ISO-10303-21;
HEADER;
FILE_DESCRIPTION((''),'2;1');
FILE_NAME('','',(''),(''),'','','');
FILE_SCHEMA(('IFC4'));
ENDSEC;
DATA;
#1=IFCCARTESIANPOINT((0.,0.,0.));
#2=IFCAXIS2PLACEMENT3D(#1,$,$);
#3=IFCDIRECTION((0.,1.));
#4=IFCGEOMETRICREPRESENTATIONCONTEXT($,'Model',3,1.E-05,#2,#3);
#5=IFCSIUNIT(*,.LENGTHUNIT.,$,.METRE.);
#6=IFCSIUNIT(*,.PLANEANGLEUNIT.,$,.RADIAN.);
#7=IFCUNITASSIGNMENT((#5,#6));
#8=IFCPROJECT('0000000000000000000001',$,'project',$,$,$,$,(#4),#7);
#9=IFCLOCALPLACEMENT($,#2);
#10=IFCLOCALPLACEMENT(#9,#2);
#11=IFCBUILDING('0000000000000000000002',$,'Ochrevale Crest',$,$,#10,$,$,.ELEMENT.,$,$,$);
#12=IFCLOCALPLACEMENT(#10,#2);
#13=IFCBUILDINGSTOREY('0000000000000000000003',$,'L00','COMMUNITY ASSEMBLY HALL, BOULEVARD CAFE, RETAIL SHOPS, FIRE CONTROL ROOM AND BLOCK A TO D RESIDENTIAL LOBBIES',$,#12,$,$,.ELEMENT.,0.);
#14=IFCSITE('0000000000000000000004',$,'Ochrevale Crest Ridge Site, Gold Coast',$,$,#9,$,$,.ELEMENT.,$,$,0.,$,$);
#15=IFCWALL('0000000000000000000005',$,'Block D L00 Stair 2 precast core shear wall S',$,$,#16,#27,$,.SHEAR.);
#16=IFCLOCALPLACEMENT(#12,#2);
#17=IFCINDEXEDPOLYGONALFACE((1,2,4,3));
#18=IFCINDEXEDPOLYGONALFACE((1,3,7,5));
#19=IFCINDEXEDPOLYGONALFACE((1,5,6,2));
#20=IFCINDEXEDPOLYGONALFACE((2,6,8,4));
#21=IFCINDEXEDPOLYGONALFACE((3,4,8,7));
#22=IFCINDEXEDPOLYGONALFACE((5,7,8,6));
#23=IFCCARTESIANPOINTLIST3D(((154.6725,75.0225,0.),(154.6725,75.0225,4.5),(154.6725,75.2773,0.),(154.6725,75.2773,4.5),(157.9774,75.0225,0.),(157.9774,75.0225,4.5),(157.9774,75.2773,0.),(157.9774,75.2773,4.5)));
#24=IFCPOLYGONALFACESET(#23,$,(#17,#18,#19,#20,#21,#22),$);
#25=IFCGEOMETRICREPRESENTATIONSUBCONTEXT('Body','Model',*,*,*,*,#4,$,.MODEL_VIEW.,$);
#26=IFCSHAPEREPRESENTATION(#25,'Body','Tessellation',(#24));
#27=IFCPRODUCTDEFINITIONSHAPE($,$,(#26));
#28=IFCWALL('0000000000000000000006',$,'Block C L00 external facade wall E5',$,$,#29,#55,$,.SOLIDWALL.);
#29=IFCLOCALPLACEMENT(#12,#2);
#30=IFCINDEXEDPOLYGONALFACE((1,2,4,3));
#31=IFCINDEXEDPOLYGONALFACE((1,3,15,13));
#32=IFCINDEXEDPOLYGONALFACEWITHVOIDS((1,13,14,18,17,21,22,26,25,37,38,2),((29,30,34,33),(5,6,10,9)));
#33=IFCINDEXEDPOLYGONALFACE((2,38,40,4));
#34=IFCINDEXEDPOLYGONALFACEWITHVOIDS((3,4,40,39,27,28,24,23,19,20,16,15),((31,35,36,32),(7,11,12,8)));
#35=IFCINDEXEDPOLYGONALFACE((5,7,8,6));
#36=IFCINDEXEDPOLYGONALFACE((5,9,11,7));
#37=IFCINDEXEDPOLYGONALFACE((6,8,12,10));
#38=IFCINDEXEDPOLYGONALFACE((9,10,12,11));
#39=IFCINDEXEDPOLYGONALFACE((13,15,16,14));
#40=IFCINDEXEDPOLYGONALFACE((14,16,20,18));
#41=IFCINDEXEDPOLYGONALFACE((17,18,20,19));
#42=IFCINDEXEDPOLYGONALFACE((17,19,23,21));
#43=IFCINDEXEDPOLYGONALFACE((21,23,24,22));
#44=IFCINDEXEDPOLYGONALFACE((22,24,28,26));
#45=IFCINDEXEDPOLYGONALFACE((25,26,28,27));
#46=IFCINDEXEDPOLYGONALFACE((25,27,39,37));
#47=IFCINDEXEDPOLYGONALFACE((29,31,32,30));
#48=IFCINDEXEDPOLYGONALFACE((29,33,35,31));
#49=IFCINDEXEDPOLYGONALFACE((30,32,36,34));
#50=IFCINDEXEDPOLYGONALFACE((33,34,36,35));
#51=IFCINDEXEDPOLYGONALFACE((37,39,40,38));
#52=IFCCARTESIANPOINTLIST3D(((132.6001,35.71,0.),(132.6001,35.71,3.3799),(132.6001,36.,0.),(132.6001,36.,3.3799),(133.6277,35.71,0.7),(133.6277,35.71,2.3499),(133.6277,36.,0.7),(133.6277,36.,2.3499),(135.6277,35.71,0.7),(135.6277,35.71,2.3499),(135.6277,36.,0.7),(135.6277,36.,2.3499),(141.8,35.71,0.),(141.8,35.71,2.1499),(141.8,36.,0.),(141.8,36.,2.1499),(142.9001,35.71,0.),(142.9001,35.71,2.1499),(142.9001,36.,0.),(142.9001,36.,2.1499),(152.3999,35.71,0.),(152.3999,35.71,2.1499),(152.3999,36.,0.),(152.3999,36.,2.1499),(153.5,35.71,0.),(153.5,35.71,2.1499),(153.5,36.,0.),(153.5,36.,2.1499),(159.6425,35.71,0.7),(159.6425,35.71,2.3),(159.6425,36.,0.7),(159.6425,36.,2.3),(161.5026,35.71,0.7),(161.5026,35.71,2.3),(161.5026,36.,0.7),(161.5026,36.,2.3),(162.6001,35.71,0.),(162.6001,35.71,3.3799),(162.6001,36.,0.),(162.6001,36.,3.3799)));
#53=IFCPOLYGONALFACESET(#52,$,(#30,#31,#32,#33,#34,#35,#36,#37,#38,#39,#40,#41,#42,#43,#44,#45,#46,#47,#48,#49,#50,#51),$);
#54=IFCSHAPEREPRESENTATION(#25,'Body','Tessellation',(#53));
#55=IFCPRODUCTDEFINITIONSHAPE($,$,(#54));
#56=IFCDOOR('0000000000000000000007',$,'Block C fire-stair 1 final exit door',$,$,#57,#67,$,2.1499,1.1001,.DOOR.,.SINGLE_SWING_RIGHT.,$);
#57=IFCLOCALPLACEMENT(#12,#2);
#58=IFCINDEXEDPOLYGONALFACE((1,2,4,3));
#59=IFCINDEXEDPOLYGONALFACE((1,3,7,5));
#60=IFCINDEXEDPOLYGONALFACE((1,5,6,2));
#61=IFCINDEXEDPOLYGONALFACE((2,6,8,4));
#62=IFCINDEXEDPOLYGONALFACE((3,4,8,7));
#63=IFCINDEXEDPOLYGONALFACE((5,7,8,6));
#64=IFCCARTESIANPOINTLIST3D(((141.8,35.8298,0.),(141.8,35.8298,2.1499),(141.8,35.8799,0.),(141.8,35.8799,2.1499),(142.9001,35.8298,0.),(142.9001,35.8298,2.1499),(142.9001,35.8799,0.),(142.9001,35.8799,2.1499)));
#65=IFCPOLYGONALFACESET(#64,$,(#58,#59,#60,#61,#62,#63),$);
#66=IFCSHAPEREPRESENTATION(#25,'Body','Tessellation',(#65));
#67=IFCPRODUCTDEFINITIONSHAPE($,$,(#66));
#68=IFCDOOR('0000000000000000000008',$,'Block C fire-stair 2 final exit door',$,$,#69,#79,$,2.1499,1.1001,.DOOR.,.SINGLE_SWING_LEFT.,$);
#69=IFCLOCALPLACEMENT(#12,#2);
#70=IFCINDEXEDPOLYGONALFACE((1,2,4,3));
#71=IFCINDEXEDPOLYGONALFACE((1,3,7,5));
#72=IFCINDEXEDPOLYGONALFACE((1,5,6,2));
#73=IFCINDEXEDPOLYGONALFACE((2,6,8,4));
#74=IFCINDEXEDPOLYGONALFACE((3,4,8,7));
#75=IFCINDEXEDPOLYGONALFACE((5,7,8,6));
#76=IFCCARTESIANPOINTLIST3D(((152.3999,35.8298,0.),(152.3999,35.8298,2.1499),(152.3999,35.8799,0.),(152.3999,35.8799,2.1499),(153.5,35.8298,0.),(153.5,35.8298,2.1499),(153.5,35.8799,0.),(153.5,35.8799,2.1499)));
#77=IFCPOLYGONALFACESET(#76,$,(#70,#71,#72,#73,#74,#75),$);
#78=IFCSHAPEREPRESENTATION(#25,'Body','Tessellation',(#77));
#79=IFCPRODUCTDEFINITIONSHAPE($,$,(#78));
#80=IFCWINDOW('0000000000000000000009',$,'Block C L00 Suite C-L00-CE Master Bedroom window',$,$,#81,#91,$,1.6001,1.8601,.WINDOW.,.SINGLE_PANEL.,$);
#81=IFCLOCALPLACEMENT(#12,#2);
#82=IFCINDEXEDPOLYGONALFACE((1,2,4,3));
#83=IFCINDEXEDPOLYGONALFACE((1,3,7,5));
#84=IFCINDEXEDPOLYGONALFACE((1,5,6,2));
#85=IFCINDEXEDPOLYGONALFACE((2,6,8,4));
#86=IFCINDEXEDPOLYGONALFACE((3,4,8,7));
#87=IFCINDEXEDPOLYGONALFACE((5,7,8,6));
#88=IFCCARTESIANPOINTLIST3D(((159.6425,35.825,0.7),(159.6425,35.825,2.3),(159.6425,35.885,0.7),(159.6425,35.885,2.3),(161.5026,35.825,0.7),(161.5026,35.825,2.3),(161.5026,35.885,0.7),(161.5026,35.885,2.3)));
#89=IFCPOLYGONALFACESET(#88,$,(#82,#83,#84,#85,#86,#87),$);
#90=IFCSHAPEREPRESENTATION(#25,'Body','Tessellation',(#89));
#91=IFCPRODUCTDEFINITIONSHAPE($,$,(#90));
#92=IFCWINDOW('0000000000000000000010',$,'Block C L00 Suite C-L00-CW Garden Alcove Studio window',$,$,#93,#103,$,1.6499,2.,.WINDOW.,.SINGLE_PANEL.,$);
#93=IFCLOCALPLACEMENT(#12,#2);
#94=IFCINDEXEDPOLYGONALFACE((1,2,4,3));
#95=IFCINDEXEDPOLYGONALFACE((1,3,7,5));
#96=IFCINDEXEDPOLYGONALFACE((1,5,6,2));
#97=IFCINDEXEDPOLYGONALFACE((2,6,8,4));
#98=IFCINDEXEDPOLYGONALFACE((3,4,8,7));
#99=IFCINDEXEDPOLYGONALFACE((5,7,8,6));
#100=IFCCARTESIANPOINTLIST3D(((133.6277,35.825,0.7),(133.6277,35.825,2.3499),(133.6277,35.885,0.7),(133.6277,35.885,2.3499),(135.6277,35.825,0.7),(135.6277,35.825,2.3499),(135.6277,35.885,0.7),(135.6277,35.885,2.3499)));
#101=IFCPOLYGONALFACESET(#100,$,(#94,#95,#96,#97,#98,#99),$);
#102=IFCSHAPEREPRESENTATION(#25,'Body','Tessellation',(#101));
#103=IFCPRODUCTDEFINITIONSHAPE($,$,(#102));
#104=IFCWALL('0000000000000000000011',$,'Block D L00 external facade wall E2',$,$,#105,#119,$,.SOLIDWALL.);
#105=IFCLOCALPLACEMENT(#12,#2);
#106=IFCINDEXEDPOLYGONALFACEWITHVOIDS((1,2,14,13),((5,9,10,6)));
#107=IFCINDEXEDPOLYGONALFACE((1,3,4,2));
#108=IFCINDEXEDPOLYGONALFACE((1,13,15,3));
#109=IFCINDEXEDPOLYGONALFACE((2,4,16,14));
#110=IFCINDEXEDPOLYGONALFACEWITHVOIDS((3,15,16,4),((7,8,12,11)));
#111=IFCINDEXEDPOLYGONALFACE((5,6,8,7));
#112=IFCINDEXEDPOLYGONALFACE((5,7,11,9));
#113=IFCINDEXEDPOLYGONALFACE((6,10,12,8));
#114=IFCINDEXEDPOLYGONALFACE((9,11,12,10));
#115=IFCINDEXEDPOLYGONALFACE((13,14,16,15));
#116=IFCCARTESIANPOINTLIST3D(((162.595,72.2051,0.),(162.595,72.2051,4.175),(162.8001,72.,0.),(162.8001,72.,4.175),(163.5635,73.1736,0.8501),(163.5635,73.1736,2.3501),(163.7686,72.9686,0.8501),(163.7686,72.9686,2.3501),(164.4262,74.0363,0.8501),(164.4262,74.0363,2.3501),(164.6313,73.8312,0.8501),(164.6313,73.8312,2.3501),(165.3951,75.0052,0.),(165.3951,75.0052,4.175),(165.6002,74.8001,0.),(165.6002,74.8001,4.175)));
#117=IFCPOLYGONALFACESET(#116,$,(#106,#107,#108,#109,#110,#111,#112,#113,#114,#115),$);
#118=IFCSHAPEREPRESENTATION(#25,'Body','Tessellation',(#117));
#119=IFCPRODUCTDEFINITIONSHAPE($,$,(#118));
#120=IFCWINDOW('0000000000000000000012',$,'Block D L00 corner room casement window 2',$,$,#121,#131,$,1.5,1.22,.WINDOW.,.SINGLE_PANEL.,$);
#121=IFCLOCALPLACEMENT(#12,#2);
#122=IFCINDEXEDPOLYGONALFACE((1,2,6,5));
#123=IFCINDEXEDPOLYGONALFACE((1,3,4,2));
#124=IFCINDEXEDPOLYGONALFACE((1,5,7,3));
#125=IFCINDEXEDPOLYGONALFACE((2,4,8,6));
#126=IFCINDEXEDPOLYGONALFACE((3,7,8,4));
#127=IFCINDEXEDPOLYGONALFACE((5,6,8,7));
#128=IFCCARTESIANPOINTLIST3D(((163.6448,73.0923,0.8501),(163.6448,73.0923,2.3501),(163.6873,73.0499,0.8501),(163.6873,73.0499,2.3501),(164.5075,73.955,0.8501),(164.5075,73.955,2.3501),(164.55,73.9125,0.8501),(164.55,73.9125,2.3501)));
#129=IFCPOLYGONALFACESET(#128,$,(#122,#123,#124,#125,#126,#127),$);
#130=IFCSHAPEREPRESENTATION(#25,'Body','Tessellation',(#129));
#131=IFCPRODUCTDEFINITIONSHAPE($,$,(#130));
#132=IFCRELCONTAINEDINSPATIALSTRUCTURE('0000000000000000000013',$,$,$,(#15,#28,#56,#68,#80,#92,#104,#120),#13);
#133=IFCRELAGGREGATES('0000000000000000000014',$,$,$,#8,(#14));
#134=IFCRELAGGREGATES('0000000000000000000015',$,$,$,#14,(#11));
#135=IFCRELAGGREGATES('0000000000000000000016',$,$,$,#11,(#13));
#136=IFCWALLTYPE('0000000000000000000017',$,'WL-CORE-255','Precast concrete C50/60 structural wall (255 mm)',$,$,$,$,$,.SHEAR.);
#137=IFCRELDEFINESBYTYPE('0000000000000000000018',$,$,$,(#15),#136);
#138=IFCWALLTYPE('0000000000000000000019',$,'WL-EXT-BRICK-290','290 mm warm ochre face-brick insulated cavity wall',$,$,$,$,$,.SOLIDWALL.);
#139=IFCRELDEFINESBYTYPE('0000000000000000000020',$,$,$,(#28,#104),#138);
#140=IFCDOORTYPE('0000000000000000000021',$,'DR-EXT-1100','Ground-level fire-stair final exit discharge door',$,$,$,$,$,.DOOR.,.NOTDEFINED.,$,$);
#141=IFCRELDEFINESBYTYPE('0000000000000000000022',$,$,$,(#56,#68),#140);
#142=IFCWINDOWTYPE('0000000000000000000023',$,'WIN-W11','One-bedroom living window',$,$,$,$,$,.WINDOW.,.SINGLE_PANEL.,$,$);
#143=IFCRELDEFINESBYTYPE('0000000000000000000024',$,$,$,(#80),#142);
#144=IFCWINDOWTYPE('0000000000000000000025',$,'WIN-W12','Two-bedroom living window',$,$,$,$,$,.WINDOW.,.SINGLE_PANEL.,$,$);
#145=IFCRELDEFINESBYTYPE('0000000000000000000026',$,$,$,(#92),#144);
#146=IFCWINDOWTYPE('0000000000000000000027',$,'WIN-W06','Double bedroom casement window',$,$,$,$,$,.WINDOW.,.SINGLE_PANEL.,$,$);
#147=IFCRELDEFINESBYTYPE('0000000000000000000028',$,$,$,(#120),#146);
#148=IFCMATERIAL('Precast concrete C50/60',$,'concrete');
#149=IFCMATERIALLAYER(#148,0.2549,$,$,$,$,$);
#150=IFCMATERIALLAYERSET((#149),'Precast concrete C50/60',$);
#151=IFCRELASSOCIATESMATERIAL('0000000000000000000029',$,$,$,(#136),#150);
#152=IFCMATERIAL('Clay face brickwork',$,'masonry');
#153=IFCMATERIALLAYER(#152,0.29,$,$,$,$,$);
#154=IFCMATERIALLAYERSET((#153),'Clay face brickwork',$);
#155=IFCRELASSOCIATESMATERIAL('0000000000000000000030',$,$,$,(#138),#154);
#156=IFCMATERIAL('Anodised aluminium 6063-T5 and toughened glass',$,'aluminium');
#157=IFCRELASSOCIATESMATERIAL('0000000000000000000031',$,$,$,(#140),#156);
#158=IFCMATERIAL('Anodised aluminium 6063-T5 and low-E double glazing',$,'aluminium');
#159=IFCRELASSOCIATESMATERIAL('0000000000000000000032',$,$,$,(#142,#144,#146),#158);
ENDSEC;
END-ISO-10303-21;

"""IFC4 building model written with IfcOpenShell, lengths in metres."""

from ifc_helpers import new_model, si_unit, direction, frame, frame_2d, origin, place, context, subcontext, project, spatial, rectangle, extrude, material, layer, layer_set, type_object, element, fill, save


model = new_model("IFC4")

# Units and contexts
model_context = context("Model", 3, precision=1e-05, world=origin(), true_north=direction((0.0, 1.0)))
body_context = subcontext(model_context, "Body", "Model", "MODEL_VIEW")
ifc_project = project(units=[si_unit("LENGTHUNIT", "METRE"), si_unit("PLANEANGLEUNIT", "RADIAN")], contexts=[model_context])

# Site, building, storey
site_placement = place(None, origin())
site = spatial("IfcSite", under=ifc_project, at=site_placement, Name="Ochrevale Crest Ridge Site, Gold Coast", CompositionType="ELEMENT", RefElevation=0.0)
building_placement = place(site_placement, origin())
building = spatial("IfcBuilding", under=site, at=building_placement, Name="Ochrevale Crest", CompositionType="ELEMENT")
storey_placement = place(building_placement, origin())
storey = spatial("IfcBuildingStorey", under=building, at=storey_placement, Name="L00", Description="COMMUNITY ASSEMBLY HALL, BOULEVARD CAFE, RETAIL SHOPS, FIRE CONTROL ROOM AND BLOCK A TO D RESIDENTIAL LOBBIES", CompositionType="ELEMENT", Elevation=0.0)

# Shared definitions
ifc_material_1 = material(Name="Precast concrete C50/60", Category="concrete")

# Wall
ifc_layer_1 = layer(ifc_material_1, 0.2549)
ifc_layer_set_1 = layer_set([ifc_layer_1], Name="Precast concrete C50/60")
wall_type_1 = type_object("IfcWallType", Name="WL-CORE-255", Description="Precast concrete C50/60 structural wall (255 mm)", PredefinedType="SHEAR", material=ifc_layer_set_1)
wall_1_placement = place(storey_placement, frame((154.6726, 75.1499, 0.0), z_axis=(0.0, 0.0, 1.0), x_axis=(1.0, 0.0, 0.0)))
element("IfcWall", 1, at=wall_1_placement, inside=storey, type_object=wall_type_1, Name="Block D L00 Stair 2 precast core shear wall S", PredefinedType="SHEAR", context=body_context, shape_type="SweptSolid", body=[
    extrude(rectangle(XDim=3.3049, YDim=0.2549, at=frame_2d((1.6523, 0.0))), origin(), (0.0, 0.0, 1.0), 4.5),
])

# Wall, openings, doors, windows
ifc_material_2 = material(Name="Clay face brickwork", Category="masonry")
ifc_layer_2 = layer(ifc_material_2, 0.29)
ifc_layer_set_2 = layer_set([ifc_layer_2], Name="Clay face brickwork")
wall_type_2 = type_object("IfcWallType", Name="WL-EXT-BRICK-290", Description="290 mm warm ochre face-brick insulated cavity wall", PredefinedType="SOLIDWALL", material=ifc_layer_set_2)
wall_2_placement = place(storey_placement, frame((162.6001, 35.855, 0.0), z_axis=(0.0, 0.0, 1.0), x_axis=(-1.0, 0.0, 0.0)))
wall_2 = element("IfcWall", 2, at=wall_2_placement, inside=storey, type_object=wall_type_2, Name="Block C L00 external facade wall E5", PredefinedType="SOLIDWALL", context=body_context, shape_type="SweptSolid", body=[
    extrude(rectangle(XDim=30.0, YDim=0.29, at=frame_2d((15.0, 0.0))), origin(), (0.0, 0.0, 1.0), 3.3799),
])
opening_1_placement = place(wall_2_placement, frame((20.8, 0.0, 0.0), z_axis=(0.0, 0.0, 1.0), x_axis=(-1.0, 0.0, 0.0)))
opening_1 = element("IfcOpeningElement", 3, at=opening_1_placement, cuts=wall_2, PredefinedType="OPENING", context=body_context, shape_type="SweptSolid", body=[
    extrude(rectangle(XDim=1.1001, YDim=2.1499, at=frame_2d((0.55, 1.075))), frame((0.0, 0.155, 0.0), z_axis=(0.0, -1.0, 0.0), x_axis=(1.0, 0.0, 0.0)), (0.0, 0.0, 1.0), 0.3101),
])
opening_2_placement = place(wall_2_placement, frame((10.2002, 0.0, 0.0), z_axis=(0.0, 0.0, 1.0), x_axis=(-1.0, 0.0, 0.0)))
opening_2 = element("IfcOpeningElement", 4, at=opening_2_placement, cuts=wall_2, PredefinedType="OPENING", context=body_context, shape_type="SweptSolid", body=[
    extrude(rectangle(XDim=1.1001, YDim=2.1499, at=frame_2d((0.55, 1.075))), frame((0.0, 0.155, 0.0), z_axis=(0.0, -1.0, 0.0), x_axis=(1.0, 0.0, 0.0)), (0.0, 0.0, 1.0), 0.3101),
])
opening_3_placement = place(wall_2_placement, frame((1.0974, 0.0, 0.7)))
opening_3 = element("IfcOpeningElement", 5, at=opening_3_placement, cuts=wall_2, PredefinedType="OPENING", context=body_context, shape_type="SweptSolid", body=[
    extrude(rectangle(XDim=1.8601, YDim=1.6001, at=frame_2d((0.9302, 0.8))), frame((0.0, 0.155, 0.0), z_axis=(0.0, -1.0, 0.0), x_axis=(1.0, 0.0, 0.0)), (0.0, 0.0, 1.0), 0.3101),
])
opening_4_placement = place(wall_2_placement, frame((26.9724, 0.0, 0.7)))
opening_4 = element("IfcOpeningElement", 6, at=opening_4_placement, cuts=wall_2, PredefinedType="OPENING", context=body_context, shape_type="SweptSolid", body=[
    extrude(rectangle(XDim=2.0, YDim=1.6499, at=frame_2d((1.0, 0.825))), frame((0.0, 0.155, 0.0), z_axis=(0.0, -1.0, 0.0), x_axis=(1.0, 0.0, 0.0)), (0.0, 0.0, 1.0), 0.3101),
])
ifc_material_3 = material(Name="Anodised aluminium 6063-T5 and toughened glass", Category="aluminium")
door_type = type_object("IfcDoorType", Name="DR-EXT-1100", Description="Ground-level fire-stair final exit discharge door", OperationType="NOTDEFINED", PredefinedType="DOOR", material=ifc_material_3)
door_1_placement = place(opening_1_placement, origin())
door_1 = element("IfcDoor", 7, at=door_1_placement, inside=storey, type_object=door_type, Name="Block C fire-stair 1 final exit door", OperationType="SINGLE_SWING_RIGHT", OverallHeight=2.1499, OverallWidth=1.1001, PredefinedType="DOOR", context=body_context, shape_type="SweptSolid", body=[
    extrude(rectangle(XDim=1.1001, YDim=2.1499, at=frame_2d((0.55, 1.075))), frame((0.0, 0.0249, 0.0), z_axis=(0.0, -1.0, 0.0), x_axis=(1.0, 0.0, 0.0)), (0.0, 0.0, 1.0), 0.05),
])
fill(opening_1, door_1)
door_2_placement = place(opening_2_placement, origin())
door_2 = element("IfcDoor", 8, at=door_2_placement, inside=storey, type_object=door_type, Name="Block C fire-stair 2 final exit door", OperationType="SINGLE_SWING_LEFT", OverallHeight=2.1499, OverallWidth=1.1001, PredefinedType="DOOR", context=body_context, shape_type="SweptSolid", body=[
    extrude(rectangle(XDim=1.1001, YDim=2.1499, at=frame_2d((0.55, 1.075))), frame((0.0, 0.0249, 0.0), z_axis=(0.0, -1.0, 0.0), x_axis=(1.0, 0.0, 0.0)), (0.0, 0.0, 1.0), 0.05),
])
fill(opening_2, door_2)
ifc_material_4 = material(Name="Anodised aluminium 6063-T5 and low-E double glazing", Category="aluminium")
window_type_1 = type_object("IfcWindowType", Name="WIN-W11", Description="One-bedroom living window", PartitioningType="SINGLE_PANEL", PredefinedType="WINDOW", material=ifc_material_4)
window_1_placement = place(opening_3_placement, origin())
window_1 = element("IfcWindow", 9, at=window_1_placement, inside=storey, type_object=window_type_1, Name="Block C L00 Suite C-L00-CE Master Bedroom window", OverallHeight=1.6001, OverallWidth=1.8601, PartitioningType="SINGLE_PANEL", PredefinedType="WINDOW", context=body_context, shape_type="SweptSolid", body=[
    extrude(rectangle(XDim=1.8601, YDim=1.6001, at=frame_2d((0.9302, 0.8))), frame((0.0, 0.03, 0.0), z_axis=(0.0, -1.0, 0.0), x_axis=(1.0, 0.0, 0.0)), (0.0, 0.0, 1.0), 0.0601),
])
fill(opening_3, window_1)
window_type_2 = type_object("IfcWindowType", Name="WIN-W12", Description="Two-bedroom living window", PartitioningType="SINGLE_PANEL", PredefinedType="WINDOW", material=ifc_material_4)
window_2_placement = place(opening_4_placement, origin())
window_2 = element("IfcWindow", 10, at=window_2_placement, inside=storey, type_object=window_type_2, Name="Block C L00 Suite C-L00-CW Garden Alcove Studio window", OverallHeight=1.6499, OverallWidth=2.0, PartitioningType="SINGLE_PANEL", PredefinedType="WINDOW", context=body_context, shape_type="SweptSolid", body=[
    extrude(rectangle(XDim=2.0, YDim=1.6499, at=frame_2d((1.0, 0.825))), frame((0.0, 0.03, 0.0), z_axis=(0.0, -1.0, 0.0), x_axis=(1.0, 0.0, 0.0)), (0.0, 0.0, 1.0), 0.0601),
])
fill(opening_4, window_2)

# Wall, opening, window
wall_3_placement = place(storey_placement, frame((162.6975, 72.1025, 0.0), z_axis=(0.0, 0.0, 1.0), x_axis=(0.707107, 0.707107, 0.0)))
wall_3 = element("IfcWall", 11, at=wall_3_placement, inside=storey, type_object=wall_type_2, Name="Block D L00 external facade wall E2", PredefinedType="SOLIDWALL", context=body_context, shape_type="SweptSolid", body=[
    extrude(rectangle(XDim=3.96, YDim=0.29, at=frame_2d((1.98, 0.0))), origin(), (0.0, 0.0, 1.0), 4.175),
])
opening_5_placement = place(wall_3_placement, frame((1.3699, 0.0, 0.8501)))
opening_5 = element("IfcOpeningElement", 12, at=opening_5_placement, cuts=wall_3, PredefinedType="OPENING", context=body_context, shape_type="SweptSolid", body=[
    extrude(rectangle(XDim=1.22, YDim=1.5, at=frame_2d((0.6099, 0.75))), frame((0.0, 0.155, 0.0), z_axis=(0.0, -1.0, 0.0), x_axis=(1.0, 0.0, 0.0)), (0.0, 0.0, 1.0), 0.3101),
])
window_type_3 = type_object("IfcWindowType", Name="WIN-W06", Description="Double bedroom casement window", PartitioningType="SINGLE_PANEL", PredefinedType="WINDOW", material=ifc_material_4)
window_3_placement = place(opening_5_placement, origin())
window_3 = element("IfcWindow", 13, at=window_3_placement, inside=storey, type_object=window_type_3, Name="Block D L00 corner room casement window 2", OverallHeight=1.5, OverallWidth=1.22, PartitioningType="SINGLE_PANEL", PredefinedType="WINDOW", context=body_context, shape_type="SweptSolid", body=[
    extrude(rectangle(XDim=1.22, YDim=1.5, at=frame_2d((0.6099, 0.75))), frame((0.0, 0.03, 0.0), z_axis=(0.0, -1.0, 0.0), x_axis=(1.0, 0.0, 0.0)), (0.0, 0.0, 1.0), 0.0601),
])
fill(opening_5, window_3)

save(model, "model.ifc")
